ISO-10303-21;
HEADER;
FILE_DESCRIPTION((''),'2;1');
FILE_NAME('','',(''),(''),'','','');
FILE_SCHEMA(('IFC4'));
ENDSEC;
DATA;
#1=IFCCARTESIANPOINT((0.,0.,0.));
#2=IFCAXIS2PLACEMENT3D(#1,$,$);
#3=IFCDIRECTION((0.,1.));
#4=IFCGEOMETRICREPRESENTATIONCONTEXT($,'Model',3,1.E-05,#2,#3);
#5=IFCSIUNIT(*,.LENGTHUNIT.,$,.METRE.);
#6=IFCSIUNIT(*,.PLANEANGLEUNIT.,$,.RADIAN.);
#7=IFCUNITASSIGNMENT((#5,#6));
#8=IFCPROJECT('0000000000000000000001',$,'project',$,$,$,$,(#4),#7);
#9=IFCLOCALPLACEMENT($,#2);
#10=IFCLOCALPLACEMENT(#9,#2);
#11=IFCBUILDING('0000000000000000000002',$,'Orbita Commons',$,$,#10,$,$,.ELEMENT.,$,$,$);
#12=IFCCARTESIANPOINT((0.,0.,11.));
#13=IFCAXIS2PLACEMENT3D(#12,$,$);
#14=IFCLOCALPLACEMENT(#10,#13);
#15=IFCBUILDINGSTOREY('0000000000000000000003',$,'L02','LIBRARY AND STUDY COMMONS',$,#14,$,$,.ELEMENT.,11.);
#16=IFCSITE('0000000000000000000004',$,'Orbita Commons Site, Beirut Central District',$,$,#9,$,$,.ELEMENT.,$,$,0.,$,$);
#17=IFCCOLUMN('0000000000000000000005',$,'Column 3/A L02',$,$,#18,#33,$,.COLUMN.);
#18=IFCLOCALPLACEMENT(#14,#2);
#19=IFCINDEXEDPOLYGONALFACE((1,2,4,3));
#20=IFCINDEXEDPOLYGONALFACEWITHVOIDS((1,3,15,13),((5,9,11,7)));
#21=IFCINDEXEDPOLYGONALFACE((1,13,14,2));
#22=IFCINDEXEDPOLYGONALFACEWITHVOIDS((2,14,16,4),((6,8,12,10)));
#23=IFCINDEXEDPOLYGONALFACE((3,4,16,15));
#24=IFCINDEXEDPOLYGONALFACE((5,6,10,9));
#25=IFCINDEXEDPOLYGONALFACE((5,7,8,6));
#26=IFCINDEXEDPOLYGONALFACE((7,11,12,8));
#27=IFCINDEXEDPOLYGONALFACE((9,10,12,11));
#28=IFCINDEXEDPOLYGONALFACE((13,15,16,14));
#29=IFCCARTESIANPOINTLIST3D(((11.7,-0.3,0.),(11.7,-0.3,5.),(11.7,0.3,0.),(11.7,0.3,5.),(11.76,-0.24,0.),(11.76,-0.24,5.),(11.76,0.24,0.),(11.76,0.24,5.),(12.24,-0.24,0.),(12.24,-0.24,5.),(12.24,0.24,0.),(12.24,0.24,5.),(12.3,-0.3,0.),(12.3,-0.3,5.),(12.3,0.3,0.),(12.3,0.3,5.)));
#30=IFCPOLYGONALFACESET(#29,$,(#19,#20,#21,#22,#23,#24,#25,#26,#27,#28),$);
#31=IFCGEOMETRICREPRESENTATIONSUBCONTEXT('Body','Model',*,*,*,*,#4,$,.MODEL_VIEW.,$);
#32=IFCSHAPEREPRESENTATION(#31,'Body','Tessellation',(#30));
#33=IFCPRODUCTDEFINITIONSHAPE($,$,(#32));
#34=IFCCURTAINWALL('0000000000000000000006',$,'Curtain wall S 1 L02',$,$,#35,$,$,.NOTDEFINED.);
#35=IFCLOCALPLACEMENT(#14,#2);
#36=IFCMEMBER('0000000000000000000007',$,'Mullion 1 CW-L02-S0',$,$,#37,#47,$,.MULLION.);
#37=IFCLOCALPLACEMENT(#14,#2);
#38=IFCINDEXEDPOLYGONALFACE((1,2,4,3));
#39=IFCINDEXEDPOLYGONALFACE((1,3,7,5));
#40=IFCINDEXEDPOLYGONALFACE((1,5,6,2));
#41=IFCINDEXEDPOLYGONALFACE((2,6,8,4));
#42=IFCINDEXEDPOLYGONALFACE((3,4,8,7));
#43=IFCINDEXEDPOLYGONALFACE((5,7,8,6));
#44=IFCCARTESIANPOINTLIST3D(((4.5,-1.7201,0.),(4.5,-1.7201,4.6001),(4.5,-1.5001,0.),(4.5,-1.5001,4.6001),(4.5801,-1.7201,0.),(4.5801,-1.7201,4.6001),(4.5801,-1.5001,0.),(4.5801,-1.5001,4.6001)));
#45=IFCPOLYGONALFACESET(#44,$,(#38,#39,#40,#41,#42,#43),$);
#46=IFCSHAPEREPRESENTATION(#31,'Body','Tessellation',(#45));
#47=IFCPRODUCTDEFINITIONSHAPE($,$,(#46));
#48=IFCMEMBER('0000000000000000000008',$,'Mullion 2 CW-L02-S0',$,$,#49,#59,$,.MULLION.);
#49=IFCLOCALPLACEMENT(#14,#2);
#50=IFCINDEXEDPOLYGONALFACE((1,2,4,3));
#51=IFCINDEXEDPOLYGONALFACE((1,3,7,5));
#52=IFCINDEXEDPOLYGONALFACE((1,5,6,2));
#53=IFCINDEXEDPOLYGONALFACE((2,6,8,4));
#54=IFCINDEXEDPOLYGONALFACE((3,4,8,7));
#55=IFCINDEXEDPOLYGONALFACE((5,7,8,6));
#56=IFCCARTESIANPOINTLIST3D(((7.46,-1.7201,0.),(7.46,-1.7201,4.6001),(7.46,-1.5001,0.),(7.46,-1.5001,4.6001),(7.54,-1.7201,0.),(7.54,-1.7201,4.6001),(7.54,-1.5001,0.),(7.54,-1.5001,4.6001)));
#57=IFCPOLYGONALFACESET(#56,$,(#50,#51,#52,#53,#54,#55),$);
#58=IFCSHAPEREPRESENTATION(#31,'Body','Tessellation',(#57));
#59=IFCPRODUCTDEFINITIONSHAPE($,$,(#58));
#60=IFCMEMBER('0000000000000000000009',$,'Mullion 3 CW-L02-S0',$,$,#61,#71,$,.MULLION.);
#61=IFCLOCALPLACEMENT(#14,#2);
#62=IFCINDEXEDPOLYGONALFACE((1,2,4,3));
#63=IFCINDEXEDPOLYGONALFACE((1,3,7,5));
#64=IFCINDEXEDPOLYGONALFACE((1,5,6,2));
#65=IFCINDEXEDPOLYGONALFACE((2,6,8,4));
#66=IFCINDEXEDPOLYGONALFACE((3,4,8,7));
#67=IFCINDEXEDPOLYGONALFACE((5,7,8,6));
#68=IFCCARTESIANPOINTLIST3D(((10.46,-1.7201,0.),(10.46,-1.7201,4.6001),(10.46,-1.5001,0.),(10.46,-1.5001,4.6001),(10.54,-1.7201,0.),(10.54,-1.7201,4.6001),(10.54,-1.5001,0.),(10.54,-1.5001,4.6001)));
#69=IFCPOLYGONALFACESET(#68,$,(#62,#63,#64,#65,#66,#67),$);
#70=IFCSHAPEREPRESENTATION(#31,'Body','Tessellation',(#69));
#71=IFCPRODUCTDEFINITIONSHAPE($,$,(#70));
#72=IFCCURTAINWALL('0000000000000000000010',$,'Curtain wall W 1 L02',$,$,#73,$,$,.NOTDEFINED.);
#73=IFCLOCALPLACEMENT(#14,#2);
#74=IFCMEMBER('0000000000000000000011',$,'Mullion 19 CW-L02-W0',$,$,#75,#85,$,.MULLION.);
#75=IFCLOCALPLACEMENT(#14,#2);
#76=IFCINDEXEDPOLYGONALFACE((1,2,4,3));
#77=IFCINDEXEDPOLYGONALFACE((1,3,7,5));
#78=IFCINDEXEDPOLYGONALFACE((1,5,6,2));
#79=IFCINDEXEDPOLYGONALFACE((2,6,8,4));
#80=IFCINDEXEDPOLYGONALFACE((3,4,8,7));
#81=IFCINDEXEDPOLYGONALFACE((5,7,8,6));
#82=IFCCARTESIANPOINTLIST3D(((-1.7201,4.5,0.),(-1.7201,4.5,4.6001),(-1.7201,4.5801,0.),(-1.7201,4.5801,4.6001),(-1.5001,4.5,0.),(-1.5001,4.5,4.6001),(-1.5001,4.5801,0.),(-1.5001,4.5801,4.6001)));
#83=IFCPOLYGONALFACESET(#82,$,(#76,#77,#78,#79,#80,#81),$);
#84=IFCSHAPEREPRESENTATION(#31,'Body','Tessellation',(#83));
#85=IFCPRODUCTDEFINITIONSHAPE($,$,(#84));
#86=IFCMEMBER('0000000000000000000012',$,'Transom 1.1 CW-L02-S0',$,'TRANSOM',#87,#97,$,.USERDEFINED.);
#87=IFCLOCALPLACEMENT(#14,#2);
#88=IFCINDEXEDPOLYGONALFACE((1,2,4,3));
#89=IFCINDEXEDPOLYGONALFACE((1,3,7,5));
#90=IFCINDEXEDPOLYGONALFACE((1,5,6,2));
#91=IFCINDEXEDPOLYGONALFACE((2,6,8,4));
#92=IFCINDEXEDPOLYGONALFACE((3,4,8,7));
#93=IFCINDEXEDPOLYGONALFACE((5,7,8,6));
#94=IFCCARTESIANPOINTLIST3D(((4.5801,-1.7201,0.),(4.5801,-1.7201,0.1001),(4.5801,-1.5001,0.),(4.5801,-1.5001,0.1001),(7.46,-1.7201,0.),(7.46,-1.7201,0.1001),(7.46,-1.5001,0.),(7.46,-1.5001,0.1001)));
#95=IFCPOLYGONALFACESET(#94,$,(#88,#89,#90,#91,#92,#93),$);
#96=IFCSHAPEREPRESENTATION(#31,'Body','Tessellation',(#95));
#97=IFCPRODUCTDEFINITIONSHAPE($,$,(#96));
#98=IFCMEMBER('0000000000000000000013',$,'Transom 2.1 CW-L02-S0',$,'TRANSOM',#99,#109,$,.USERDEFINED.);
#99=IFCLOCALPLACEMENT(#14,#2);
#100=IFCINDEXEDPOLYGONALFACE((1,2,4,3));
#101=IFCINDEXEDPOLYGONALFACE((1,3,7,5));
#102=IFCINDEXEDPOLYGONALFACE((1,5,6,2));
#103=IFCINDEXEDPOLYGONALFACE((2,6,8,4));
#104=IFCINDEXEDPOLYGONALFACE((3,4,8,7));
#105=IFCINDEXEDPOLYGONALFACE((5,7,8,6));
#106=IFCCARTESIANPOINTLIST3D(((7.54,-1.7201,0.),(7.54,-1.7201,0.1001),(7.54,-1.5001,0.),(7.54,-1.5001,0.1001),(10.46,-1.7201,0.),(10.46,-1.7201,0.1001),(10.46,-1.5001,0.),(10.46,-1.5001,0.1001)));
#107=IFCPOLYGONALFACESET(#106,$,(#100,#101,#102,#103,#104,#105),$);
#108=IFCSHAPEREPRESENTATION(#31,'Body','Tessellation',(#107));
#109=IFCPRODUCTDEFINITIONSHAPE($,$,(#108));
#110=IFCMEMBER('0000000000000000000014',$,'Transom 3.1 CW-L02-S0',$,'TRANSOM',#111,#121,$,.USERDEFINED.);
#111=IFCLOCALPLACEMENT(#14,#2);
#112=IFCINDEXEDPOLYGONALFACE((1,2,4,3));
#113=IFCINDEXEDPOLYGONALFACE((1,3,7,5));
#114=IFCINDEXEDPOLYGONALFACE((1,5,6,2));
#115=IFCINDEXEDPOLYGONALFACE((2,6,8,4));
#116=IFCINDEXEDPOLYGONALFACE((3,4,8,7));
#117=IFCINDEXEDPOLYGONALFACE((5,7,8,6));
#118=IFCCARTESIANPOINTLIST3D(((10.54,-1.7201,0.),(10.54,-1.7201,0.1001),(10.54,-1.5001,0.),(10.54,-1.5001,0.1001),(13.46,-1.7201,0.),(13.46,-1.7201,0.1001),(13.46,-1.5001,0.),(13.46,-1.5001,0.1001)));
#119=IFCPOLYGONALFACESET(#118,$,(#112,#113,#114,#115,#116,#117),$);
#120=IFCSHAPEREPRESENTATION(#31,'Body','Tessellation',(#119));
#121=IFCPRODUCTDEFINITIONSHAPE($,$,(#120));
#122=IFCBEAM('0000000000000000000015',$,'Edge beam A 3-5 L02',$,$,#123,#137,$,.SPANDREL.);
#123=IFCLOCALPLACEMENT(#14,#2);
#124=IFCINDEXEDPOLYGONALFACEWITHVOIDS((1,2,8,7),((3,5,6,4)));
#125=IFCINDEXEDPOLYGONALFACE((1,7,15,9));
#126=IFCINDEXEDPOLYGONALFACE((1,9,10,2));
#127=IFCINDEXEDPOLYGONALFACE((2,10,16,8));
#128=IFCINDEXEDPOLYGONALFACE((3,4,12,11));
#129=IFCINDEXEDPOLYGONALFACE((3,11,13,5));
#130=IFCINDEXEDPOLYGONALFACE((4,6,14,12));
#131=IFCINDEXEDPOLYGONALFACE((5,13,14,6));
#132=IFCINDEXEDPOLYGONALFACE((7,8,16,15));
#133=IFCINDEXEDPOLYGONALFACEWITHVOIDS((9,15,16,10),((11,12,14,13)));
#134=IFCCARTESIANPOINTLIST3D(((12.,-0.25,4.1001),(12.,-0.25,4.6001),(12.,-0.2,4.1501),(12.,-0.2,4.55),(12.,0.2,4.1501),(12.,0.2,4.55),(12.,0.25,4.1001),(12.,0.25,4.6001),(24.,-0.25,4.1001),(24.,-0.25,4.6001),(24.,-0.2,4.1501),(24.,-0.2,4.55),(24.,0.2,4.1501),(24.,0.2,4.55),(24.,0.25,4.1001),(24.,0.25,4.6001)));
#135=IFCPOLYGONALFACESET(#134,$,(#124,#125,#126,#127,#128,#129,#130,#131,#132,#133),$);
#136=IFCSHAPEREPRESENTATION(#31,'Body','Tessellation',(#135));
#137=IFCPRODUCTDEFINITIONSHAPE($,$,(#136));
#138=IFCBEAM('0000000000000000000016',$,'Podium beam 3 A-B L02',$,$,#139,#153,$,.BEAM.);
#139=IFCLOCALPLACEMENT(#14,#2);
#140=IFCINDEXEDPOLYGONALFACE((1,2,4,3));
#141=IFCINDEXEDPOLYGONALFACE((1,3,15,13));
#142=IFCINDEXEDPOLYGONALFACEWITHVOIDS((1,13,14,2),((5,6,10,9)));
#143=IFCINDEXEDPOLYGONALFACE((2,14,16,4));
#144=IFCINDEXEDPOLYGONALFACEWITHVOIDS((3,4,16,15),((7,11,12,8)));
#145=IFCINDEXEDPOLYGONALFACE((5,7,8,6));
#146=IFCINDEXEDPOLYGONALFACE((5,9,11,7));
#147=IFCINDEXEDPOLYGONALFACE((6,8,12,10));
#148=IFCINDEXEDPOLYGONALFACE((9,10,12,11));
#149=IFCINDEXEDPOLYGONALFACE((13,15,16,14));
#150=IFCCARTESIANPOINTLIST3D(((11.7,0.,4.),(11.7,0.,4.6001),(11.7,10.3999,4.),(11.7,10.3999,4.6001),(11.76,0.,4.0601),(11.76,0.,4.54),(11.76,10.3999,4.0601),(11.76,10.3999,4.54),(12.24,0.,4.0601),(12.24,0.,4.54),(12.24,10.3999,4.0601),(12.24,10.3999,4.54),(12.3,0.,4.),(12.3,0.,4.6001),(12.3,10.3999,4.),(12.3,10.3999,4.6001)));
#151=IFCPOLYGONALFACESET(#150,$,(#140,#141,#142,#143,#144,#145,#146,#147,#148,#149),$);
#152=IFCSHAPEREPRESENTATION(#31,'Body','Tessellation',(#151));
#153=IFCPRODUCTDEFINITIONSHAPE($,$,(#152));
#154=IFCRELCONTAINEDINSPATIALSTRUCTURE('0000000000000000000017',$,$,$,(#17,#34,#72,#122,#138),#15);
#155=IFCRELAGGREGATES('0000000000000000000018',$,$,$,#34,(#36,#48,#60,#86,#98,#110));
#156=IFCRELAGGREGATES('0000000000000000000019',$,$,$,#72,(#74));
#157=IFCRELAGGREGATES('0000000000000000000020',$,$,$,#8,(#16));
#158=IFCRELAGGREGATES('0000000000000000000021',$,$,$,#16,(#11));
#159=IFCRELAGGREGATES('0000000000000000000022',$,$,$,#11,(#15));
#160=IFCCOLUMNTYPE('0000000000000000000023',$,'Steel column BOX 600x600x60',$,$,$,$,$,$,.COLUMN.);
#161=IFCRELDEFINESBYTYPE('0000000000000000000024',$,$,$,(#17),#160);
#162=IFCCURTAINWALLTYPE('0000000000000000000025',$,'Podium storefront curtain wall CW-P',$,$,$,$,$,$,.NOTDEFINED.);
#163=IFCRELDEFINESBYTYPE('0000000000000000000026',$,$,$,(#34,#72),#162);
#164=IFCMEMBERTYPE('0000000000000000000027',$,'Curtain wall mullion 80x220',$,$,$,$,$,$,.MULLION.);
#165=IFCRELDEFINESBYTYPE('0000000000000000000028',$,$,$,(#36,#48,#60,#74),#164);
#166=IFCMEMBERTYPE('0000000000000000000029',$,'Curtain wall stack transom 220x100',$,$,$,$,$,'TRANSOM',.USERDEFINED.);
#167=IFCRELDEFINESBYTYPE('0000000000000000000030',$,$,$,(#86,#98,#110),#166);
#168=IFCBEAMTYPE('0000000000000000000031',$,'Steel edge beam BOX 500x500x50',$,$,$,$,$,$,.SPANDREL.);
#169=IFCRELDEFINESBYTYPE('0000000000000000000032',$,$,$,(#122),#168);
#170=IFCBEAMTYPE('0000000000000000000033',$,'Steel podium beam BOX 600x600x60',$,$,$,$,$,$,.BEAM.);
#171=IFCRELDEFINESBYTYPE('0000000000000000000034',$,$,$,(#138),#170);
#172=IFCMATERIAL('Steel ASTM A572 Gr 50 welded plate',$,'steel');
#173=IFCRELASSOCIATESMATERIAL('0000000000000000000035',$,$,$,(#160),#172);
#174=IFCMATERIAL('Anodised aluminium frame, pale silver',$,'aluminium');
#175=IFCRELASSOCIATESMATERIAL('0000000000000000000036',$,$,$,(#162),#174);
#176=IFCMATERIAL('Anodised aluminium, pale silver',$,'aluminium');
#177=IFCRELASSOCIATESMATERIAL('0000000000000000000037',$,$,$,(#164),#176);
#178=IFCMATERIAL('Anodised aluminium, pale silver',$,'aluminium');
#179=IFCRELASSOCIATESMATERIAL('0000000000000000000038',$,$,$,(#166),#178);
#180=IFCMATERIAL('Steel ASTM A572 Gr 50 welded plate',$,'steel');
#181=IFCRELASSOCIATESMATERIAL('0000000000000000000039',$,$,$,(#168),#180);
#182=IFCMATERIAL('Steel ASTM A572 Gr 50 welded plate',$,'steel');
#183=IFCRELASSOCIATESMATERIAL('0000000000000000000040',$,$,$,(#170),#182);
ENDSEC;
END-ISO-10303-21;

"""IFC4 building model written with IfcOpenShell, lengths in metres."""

from ifc_helpers import new_model, si_unit, direction, frame, origin, origin_2d, place, context, subcontext, project, spatial, rectangle, hollow_rectangle, extrude, material, material_profile, profile_set, type_object, element, aggregate, save


model = new_model("IFC4")

# Units and contexts
model_context = context("Model", 3, precision=1e-05, world=origin(), true_north=direction((0.0, 1.0)))
body_context = subcontext(model_context, "Body", "Model", "MODEL_VIEW")
ifc_project = project(units=[si_unit("LENGTHUNIT", "METRE"), si_unit("PLANEANGLEUNIT", "RADIAN")], contexts=[model_context])

# Site, building, storey
site_placement = place(None, origin())
site = spatial("IfcSite", under=ifc_project, at=site_placement, Name="Orbita Commons Site, Beirut Central District", CompositionType="ELEMENT", RefElevation=0.0)
building_placement = place(site_placement, origin())
building = spatial("IfcBuilding", under=site, at=building_placement, Name="Orbita Commons", CompositionType="ELEMENT")
storey_placement = place(building_placement, frame((0.0, 0.0, 11.0)))
storey = spatial("IfcBuildingStorey", under=building, at=storey_placement, Name="L02", Description="LIBRARY AND STUDY COMMONS", CompositionType="ELEMENT", Elevation=11.0)

# Column
ifc_material_1 = material(Name="Steel ASTM A572 Gr 50 welded plate", Category="steel")
ifc_material_profile_1 = material_profile(ifc_material_1, hollow_rectangle(XDim=0.6001, YDim=0.6001, WallThickness=0.0601, at=origin_2d()), Name="BOX 600x600x60")
ifc_profile_set_1 = profile_set([ifc_material_profile_1], Name="Steel ASTM A572 Gr 50 welded plate")
column_type = type_object("IfcColumnType", Name="Steel column BOX 600x600x60", PredefinedType="COLUMN", material=ifc_profile_set_1)
column_placement = place(storey_placement, frame((12.0, 0.0, 0.0), z_axis=(0.0, 0.0, 1.0), x_axis=(1.0, 0.0, 0.0)))
element("IfcColumn", 1, at=column_placement, inside=storey, type_object=column_type, Name="Column 3/A L02", PredefinedType="COLUMN", context=body_context, shape_type="SweptSolid", body=[
    extrude(hollow_rectangle(XDim=0.6001, YDim=0.6001, WallThickness=0.0601, at=origin_2d()), origin(), (0.0, 0.0, 1.0), 5.0),
])

# Curtain wall, members
ifc_material_2 = material(Name="Anodised aluminium frame, pale silver", Category="aluminium")
curtain_wall_type = type_object("IfcCurtainWallType", Name="Podium storefront curtain wall CW-P", PredefinedType="NOTDEFINED", material=ifc_material_2)
curtain_wall_1_placement = place(storey_placement, origin())
curtain_wall_1 = element("IfcCurtainWall", 2, at=curtain_wall_1_placement, inside=storey, type_object=curtain_wall_type, Name="Curtain wall S 1 L02", PredefinedType="NOTDEFINED")
ifc_material_3 = material(Name="Anodised aluminium, pale silver", Category="aluminium")
ifc_material_profile_2 = material_profile(ifc_material_3, rectangle(XDim=0.0801, YDim=0.22, at=origin_2d()), Name="AL 80x220")
ifc_profile_set_2 = profile_set([ifc_material_profile_2], Name="Anodised aluminium, pale silver")
member_type_1 = type_object("IfcMemberType", Name="Curtain wall mullion 80x220", PredefinedType="MULLION", material=ifc_profile_set_2)
member_1_placement = place(storey_placement, frame((4.54, -1.6101, 0.0), z_axis=(0.0, 0.0, 1.0), x_axis=(1.0, 0.0, 0.0)))
member_1 = element("IfcMember", 3, at=member_1_placement, type_object=member_type_1, Name="Mullion 1 CW-L02-S0", PredefinedType="MULLION", context=body_context, shape_type="SweptSolid", body=[
    extrude(rectangle(XDim=0.0801, YDim=0.22, at=origin_2d()), origin(), (0.0, 0.0, 1.0), 4.6001),
])
member_2_placement = place(storey_placement, frame((7.5, -1.6101, 0.0), z_axis=(0.0, 0.0, 1.0), x_axis=(1.0, 0.0, 0.0)))
member_2 = element("IfcMember", 4, at=member_2_placement, type_object=member_type_1, Name="Mullion 2 CW-L02-S0", PredefinedType="MULLION", context=body_context, shape_type="SweptSolid", body=[
    extrude(rectangle(XDim=0.0801, YDim=0.22, at=origin_2d()), origin(), (0.0, 0.0, 1.0), 4.6001),
])
member_3_placement = place(storey_placement, frame((10.5, -1.6101, 0.0), z_axis=(0.0, 0.0, 1.0), x_axis=(1.0, 0.0, 0.0)))
member_3 = element("IfcMember", 5, at=member_3_placement, type_object=member_type_1, Name="Mullion 3 CW-L02-S0", PredefinedType="MULLION", context=body_context, shape_type="SweptSolid", body=[
    extrude(rectangle(XDim=0.0801, YDim=0.22, at=origin_2d()), origin(), (0.0, 0.0, 1.0), 4.6001),
])

# Curtain wall, member
curtain_wall_2_placement = place(storey_placement, origin())
curtain_wall_2 = element("IfcCurtainWall", 6, at=curtain_wall_2_placement, inside=storey, type_object=curtain_wall_type, Name="Curtain wall W 1 L02", PredefinedType="NOTDEFINED")
member_4_placement = place(storey_placement, frame((-1.6101, 4.54, 0.0), z_axis=(0.0, 0.0, 1.0), x_axis=(0.0, -1.0, 0.0)))
member_4 = element("IfcMember", 7, at=member_4_placement, type_object=member_type_1, Name="Mullion 19 CW-L02-W0", PredefinedType="MULLION", context=body_context, shape_type="SweptSolid", body=[
    extrude(rectangle(XDim=0.0801, YDim=0.22, at=origin_2d()), origin(), (0.0, 0.0, 1.0), 4.6001),
])

# Members
ifc_material_4 = material(Name="Anodised aluminium, pale silver", Category="aluminium")
ifc_material_profile_3 = material_profile(ifc_material_4, rectangle(XDim=0.22, YDim=0.1001, at=origin_2d()), Name="AL 220x100")
ifc_profile_set_3 = profile_set([ifc_material_profile_3], Name="Anodised aluminium, pale silver")
member_type_2 = type_object("IfcMemberType", Name="Curtain wall stack transom 220x100", ElementType="TRANSOM", PredefinedType="USERDEFINED", material=ifc_profile_set_3)
member_5_placement = place(storey_placement, frame((4.5801, -1.6101, 0.05), z_axis=(1.0, 0.0, 0.0), x_axis=(0.0, 1.0, 0.0)))
member_5 = element("IfcMember", 8, at=member_5_placement, type_object=member_type_2, Name="Transom 1.1 CW-L02-S0", ObjectType="TRANSOM", PredefinedType="USERDEFINED", context=body_context, shape_type="SweptSolid", body=[
    extrude(rectangle(XDim=0.22, YDim=0.1001, at=origin_2d()), origin(), (0.0, 0.0, 1.0), 2.8799),
])
member_6_placement = place(storey_placement, frame((7.54, -1.6101, 0.05), z_axis=(1.0, 0.0, 0.0), x_axis=(0.0, 1.0, 0.0)))
member_6 = element("IfcMember", 9, at=member_6_placement, type_object=member_type_2, Name="Transom 2.1 CW-L02-S0", ObjectType="TRANSOM", PredefinedType="USERDEFINED", context=body_context, shape_type="SweptSolid", body=[
    extrude(rectangle(XDim=0.22, YDim=0.1001, at=origin_2d()), origin(), (0.0, 0.0, 1.0), 2.9199),
])
member_7_placement = place(storey_placement, frame((10.54, -1.6101, 0.05), z_axis=(1.0, 0.0, 0.0), x_axis=(0.0, 1.0, 0.0)))
member_7 = element("IfcMember", 10, at=member_7_placement, type_object=member_type_2, Name="Transom 3.1 CW-L02-S0", ObjectType="TRANSOM", PredefinedType="USERDEFINED", context=body_context, shape_type="SweptSolid", body=[
    extrude(rectangle(XDim=0.22, YDim=0.1001, at=origin_2d()), origin(), (0.0, 0.0, 1.0), 2.9199),
])

# Beams
ifc_material_5 = material(Name="Steel ASTM A572 Gr 50 welded plate", Category="steel")
ifc_material_profile_4 = material_profile(ifc_material_5, hollow_rectangle(XDim=0.5, YDim=0.5, WallThickness=0.05, at=origin_2d()), Name="BOX 500x500x50")
ifc_profile_set_4 = profile_set([ifc_material_profile_4], Name="Steel ASTM A572 Gr 50 welded plate")
beam_type_1 = type_object("IfcBeamType", Name="Steel edge beam BOX 500x500x50", PredefinedType="SPANDREL", material=ifc_profile_set_4)
beam_1_placement = place(storey_placement, frame((12.0, 0.0, 4.3501), z_axis=(1.0, 0.0, 0.0), x_axis=(0.0, 1.0, 0.0)))
element("IfcBeam", 11, at=beam_1_placement, inside=storey, type_object=beam_type_1, Name="Edge beam A 3-5 L02", PredefinedType="SPANDREL", context=body_context, shape_type="SweptSolid", body=[
    extrude(hollow_rectangle(XDim=0.5, YDim=0.5, WallThickness=0.05, at=origin_2d()), origin(), (0.0, 0.0, 1.0), 12.0),
])
ifc_material_6 = material(Name="Steel ASTM A572 Gr 50 welded plate", Category="steel")
ifc_material_profile_5 = material_profile(ifc_material_6, hollow_rectangle(XDim=0.6001, YDim=0.6001, WallThickness=0.0601, at=origin_2d()), Name="BOX 600x600x60")
ifc_profile_set_5 = profile_set([ifc_material_profile_5], Name="Steel ASTM A572 Gr 50 welded plate")
beam_type_2 = type_object("IfcBeamType", Name="Steel podium beam BOX 600x600x60", PredefinedType="BEAM", material=ifc_profile_set_5)
beam_2_placement = place(storey_placement, frame((12.0, 0.0, 4.3), z_axis=(0.0, 1.0, 0.0), x_axis=(-1.0, 0.0, 0.0)))
element("IfcBeam", 12, at=beam_2_placement, inside=storey, type_object=beam_type_2, Name="Podium beam 3 A-B L02", PredefinedType="BEAM", context=body_context, shape_type="SweptSolid", body=[
    extrude(hollow_rectangle(XDim=0.6001, YDim=0.6001, WallThickness=0.0601, at=origin_2d()), origin(), (0.0, 0.0, 1.0), 10.3999),
])

aggregate(curtain_wall_1, [member_1, member_2, member_3, member_5, member_6, member_7])
aggregate(curtain_wall_2, [member_4])

save(model, "model.ifc")
